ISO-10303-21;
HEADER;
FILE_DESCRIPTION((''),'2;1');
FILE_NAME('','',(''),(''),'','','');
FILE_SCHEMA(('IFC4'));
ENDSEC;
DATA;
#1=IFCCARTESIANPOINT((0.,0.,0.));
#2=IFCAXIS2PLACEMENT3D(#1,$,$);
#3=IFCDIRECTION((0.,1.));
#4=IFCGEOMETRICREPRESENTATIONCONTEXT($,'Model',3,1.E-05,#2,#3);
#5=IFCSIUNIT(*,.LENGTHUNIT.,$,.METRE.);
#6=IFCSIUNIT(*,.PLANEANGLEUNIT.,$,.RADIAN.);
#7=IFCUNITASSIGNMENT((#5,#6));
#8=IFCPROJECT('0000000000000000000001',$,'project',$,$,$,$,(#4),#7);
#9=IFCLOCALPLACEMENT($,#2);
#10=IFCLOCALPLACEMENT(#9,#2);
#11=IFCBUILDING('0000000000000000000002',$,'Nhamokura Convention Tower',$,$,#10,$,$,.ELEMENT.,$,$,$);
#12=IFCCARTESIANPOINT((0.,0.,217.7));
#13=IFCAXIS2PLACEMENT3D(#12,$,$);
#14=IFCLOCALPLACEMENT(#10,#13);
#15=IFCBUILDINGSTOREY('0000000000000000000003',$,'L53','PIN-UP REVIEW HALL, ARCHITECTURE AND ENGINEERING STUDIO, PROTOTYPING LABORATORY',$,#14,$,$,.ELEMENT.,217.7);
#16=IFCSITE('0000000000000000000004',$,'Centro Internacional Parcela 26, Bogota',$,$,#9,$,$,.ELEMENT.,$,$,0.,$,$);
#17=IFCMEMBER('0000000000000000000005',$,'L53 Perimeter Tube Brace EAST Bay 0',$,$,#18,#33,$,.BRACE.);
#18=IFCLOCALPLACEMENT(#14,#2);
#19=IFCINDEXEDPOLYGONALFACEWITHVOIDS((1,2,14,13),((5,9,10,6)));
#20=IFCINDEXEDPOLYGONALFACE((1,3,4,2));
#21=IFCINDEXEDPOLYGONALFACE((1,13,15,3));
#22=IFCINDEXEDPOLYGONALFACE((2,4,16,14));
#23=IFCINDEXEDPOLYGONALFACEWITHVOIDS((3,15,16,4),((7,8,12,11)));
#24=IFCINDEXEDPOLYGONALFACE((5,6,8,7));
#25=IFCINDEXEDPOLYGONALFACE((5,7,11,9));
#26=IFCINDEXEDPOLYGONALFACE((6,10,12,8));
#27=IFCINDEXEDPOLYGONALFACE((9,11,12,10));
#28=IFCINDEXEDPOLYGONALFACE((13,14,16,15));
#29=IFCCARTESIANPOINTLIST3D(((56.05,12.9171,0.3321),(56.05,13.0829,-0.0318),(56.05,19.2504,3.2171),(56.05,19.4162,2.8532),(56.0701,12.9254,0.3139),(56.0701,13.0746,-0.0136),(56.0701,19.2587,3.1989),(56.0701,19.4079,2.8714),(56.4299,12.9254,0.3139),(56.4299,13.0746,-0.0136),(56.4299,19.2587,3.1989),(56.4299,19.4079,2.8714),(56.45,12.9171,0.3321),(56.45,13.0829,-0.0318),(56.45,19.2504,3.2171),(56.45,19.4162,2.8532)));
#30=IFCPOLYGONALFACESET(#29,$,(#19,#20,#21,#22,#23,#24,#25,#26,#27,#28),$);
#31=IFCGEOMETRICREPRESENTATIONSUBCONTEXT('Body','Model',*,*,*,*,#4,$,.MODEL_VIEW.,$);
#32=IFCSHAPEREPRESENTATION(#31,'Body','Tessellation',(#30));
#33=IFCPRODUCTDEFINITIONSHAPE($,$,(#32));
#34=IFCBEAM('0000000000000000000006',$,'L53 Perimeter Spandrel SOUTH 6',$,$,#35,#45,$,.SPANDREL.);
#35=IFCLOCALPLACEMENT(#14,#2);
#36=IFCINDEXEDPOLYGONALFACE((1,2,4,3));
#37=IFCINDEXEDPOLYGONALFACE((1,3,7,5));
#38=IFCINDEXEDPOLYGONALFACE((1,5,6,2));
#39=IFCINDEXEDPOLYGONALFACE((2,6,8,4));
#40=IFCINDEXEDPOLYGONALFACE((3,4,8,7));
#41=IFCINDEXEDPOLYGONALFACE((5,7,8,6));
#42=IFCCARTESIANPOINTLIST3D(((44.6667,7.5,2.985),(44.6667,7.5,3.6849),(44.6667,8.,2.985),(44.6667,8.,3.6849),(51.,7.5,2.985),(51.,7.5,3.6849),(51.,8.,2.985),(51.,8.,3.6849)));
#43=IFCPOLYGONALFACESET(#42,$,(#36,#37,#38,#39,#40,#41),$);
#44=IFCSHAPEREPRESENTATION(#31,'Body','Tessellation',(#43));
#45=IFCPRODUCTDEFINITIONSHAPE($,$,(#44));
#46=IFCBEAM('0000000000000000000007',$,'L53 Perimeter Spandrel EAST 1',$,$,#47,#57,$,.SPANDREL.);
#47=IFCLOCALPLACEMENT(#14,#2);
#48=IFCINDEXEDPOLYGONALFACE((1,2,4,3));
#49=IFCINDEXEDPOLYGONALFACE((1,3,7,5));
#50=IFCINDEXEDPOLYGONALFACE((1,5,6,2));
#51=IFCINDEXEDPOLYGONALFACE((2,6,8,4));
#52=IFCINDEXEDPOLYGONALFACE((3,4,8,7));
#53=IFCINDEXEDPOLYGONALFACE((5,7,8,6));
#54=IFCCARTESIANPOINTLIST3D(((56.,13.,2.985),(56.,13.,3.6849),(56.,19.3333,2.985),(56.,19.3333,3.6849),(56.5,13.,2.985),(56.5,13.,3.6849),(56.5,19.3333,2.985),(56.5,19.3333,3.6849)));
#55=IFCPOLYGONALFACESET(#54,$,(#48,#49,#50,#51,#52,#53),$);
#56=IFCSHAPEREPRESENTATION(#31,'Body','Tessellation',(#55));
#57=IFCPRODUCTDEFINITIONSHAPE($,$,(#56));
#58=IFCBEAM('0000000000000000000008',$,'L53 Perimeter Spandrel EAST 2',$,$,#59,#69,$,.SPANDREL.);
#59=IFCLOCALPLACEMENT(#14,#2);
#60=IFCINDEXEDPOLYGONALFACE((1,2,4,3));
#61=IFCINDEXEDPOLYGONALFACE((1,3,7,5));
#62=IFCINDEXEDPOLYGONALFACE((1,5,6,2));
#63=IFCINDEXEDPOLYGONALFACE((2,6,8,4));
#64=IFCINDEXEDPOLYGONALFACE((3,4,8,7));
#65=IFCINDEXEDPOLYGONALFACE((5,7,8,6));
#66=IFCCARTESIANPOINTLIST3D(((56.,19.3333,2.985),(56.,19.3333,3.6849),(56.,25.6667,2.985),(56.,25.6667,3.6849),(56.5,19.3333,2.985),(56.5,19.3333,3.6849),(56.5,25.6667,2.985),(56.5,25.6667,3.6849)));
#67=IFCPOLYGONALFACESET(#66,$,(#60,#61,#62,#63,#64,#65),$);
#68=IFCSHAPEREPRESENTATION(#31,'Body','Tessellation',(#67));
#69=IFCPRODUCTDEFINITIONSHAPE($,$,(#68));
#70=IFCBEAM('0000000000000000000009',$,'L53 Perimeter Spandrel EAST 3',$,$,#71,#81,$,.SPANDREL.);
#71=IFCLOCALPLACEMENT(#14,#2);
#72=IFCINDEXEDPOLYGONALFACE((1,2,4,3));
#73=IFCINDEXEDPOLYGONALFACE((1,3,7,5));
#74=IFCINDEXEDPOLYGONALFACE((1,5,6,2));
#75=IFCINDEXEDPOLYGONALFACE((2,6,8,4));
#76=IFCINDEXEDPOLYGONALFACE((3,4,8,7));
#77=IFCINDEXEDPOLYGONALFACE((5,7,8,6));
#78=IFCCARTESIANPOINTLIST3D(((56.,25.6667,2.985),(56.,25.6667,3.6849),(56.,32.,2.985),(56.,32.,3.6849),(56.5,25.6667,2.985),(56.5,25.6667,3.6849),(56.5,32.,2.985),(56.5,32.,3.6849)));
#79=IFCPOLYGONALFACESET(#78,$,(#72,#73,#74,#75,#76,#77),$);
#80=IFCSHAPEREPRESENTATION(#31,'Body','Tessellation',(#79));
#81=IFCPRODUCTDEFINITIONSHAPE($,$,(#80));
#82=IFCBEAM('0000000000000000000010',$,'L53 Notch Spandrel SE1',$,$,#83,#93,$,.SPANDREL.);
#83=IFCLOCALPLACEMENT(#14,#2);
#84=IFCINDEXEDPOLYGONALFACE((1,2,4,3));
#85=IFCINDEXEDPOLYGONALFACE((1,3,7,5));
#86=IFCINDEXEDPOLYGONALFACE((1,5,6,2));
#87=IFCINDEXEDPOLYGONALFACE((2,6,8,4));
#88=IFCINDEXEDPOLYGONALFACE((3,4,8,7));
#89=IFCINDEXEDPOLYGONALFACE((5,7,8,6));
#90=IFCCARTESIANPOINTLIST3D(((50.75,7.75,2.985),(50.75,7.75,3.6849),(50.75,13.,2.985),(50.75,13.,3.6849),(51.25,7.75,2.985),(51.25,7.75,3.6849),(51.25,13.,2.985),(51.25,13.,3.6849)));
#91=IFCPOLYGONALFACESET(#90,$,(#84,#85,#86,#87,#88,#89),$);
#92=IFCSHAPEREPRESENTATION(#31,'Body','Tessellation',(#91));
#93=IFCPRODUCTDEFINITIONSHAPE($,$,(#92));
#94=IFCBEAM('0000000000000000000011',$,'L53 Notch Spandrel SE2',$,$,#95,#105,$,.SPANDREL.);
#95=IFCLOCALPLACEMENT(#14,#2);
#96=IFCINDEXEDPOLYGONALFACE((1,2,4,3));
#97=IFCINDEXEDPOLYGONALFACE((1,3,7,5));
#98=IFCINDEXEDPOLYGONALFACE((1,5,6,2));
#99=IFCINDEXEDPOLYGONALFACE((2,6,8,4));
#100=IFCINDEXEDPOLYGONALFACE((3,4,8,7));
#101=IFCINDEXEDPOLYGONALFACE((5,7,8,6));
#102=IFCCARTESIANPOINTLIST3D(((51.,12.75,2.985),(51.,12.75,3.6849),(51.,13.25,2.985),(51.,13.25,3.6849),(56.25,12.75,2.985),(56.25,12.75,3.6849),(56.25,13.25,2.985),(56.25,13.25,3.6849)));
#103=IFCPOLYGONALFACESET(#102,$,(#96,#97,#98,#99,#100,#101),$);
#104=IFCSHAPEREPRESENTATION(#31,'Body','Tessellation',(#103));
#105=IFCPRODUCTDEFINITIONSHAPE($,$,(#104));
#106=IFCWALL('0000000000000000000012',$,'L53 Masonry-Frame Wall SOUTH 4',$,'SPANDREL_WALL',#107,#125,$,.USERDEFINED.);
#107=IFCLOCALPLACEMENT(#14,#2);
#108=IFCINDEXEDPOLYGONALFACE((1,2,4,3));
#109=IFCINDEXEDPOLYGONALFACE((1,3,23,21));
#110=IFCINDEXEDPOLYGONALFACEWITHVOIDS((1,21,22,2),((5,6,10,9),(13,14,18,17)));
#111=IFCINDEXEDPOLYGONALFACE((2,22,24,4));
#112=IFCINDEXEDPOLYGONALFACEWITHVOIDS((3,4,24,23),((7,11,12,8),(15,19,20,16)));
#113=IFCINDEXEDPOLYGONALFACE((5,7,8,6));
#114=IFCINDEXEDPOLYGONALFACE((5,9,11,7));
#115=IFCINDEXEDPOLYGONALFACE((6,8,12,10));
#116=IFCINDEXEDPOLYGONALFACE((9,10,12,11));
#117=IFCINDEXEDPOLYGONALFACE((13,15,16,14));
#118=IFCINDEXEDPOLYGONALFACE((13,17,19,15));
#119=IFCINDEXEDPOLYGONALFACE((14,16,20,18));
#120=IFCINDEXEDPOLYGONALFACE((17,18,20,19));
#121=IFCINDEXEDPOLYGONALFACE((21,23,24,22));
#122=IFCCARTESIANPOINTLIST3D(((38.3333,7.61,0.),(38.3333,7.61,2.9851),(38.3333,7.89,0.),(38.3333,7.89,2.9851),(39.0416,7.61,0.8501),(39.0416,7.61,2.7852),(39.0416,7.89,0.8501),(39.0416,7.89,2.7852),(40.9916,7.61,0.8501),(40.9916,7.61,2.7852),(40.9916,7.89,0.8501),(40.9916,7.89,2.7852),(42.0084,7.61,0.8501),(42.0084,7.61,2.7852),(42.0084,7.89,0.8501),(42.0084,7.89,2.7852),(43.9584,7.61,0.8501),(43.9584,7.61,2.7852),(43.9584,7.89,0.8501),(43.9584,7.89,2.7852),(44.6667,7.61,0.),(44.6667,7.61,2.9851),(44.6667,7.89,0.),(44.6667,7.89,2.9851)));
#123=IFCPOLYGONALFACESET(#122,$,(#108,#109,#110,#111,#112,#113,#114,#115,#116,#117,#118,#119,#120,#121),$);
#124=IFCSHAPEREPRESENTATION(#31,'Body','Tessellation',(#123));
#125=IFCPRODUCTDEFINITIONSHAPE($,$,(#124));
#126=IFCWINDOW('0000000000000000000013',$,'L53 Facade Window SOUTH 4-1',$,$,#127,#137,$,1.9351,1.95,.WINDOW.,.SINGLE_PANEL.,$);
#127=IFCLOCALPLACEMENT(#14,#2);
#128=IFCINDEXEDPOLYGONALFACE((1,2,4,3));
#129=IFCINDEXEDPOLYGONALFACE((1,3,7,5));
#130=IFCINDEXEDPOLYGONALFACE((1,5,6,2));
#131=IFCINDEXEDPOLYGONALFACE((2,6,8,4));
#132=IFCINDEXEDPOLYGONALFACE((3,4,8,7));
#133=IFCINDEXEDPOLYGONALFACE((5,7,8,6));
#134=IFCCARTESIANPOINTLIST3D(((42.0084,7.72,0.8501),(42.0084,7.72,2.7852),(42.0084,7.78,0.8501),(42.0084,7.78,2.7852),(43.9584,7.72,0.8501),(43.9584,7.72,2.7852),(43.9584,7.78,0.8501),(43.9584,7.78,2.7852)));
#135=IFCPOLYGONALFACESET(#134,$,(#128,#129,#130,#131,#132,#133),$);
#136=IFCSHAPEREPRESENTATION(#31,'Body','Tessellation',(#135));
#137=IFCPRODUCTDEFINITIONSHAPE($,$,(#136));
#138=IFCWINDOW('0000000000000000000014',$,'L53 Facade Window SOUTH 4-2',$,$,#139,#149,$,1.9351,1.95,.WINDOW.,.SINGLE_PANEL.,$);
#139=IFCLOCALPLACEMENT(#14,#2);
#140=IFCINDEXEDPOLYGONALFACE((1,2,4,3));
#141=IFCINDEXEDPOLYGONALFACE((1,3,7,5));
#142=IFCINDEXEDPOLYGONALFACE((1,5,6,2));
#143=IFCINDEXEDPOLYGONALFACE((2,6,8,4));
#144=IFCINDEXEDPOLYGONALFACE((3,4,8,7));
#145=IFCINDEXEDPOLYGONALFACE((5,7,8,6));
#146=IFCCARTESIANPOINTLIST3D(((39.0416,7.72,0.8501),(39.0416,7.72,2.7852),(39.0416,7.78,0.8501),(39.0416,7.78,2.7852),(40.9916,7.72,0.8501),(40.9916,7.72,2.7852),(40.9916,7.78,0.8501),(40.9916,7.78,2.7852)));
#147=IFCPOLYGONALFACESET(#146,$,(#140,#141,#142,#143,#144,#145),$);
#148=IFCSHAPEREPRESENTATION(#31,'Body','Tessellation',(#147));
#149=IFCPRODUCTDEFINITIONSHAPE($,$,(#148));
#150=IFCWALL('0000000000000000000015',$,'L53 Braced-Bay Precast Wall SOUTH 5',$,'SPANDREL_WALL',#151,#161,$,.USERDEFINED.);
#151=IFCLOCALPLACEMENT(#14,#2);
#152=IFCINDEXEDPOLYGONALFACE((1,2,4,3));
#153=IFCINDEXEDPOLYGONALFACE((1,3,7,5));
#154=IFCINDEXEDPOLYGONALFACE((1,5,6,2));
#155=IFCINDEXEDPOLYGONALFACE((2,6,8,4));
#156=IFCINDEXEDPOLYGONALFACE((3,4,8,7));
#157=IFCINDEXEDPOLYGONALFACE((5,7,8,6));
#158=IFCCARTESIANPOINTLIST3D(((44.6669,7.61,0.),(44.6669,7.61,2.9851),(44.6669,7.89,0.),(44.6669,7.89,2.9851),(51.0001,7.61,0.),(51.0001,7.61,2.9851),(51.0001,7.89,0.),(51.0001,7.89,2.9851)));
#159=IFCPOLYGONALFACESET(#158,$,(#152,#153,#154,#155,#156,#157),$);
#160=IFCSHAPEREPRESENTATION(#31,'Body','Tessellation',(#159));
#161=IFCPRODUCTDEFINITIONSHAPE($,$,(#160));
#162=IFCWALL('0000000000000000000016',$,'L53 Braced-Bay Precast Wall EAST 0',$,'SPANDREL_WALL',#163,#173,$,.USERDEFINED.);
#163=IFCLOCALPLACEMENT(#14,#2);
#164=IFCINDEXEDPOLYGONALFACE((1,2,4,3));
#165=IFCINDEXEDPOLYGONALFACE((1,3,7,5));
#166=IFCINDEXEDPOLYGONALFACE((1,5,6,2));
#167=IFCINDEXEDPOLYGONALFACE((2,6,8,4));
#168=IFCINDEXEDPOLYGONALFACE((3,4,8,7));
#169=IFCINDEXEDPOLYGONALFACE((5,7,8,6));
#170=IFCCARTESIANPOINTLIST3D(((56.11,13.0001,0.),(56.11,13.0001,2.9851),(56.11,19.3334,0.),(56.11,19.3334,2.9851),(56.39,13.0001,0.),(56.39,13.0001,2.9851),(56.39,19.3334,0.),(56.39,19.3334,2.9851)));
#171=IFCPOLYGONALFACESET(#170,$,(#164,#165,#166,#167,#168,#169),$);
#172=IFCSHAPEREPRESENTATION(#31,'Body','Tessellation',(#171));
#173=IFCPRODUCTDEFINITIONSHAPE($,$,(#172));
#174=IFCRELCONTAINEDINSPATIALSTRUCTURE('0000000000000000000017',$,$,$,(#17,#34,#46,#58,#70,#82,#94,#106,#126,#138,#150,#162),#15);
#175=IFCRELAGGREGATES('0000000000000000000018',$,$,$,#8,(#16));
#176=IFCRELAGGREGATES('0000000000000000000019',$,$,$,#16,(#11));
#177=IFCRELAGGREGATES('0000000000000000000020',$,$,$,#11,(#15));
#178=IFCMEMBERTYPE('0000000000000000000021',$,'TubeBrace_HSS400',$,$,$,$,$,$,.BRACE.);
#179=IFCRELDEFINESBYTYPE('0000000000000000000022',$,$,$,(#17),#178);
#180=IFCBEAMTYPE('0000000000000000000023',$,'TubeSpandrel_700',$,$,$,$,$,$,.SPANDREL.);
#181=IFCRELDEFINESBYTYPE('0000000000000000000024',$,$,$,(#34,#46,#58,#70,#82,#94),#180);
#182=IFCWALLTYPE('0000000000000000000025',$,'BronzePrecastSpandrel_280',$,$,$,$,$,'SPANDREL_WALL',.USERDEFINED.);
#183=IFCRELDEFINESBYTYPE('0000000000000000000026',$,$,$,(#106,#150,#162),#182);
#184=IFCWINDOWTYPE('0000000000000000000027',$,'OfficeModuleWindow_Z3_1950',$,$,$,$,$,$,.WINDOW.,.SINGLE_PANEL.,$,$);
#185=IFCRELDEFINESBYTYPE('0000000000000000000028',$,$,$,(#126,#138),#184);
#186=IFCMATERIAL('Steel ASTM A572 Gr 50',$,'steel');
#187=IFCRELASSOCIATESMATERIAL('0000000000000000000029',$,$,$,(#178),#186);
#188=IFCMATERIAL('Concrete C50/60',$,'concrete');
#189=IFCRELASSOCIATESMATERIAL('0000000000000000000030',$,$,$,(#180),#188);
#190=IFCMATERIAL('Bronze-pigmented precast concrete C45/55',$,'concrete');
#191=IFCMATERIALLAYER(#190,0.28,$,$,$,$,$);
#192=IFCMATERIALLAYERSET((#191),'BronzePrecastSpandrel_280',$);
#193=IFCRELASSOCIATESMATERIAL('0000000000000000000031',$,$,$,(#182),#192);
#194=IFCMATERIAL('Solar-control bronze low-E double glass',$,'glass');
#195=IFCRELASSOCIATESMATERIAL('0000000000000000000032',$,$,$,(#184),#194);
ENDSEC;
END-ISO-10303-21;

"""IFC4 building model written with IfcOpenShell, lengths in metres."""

from ifc_helpers import new_model, si_unit, direction, frame, frame_2d, origin, origin_2d, place, context, subcontext, project, spatial, rectangle, hollow_rectangle, extrude, material, layer, layer_set, material_profile, profile_set, type_object, element, fill, save


model = new_model("IFC4")

# Units and contexts
model_context = context("Model", 3, precision=1e-05, world=origin(), true_north=direction((0.0, 1.0)))
body_context = subcontext(model_context, "Body", "Model", "MODEL_VIEW")
ifc_project = project(units=[si_unit("LENGTHUNIT", "METRE"), si_unit("PLANEANGLEUNIT", "RADIAN")], contexts=[model_context])

# Site, building, storey
site_placement = place(None, origin())
site = spatial("IfcSite", under=ifc_project, at=site_placement, Name="Centro Internacional Parcela 26, Bogota", CompositionType="ELEMENT", RefElevation=0.0)
building_placement = place(site_placement, origin())
building = spatial("IfcBuilding", under=site, at=building_placement, Name="Nhamokura Convention Tower", CompositionType="ELEMENT")
storey_placement = place(building_placement, frame((0.0, 0.0, 217.7)))
storey = spatial("IfcBuildingStorey", under=building, at=storey_placement, Name="L53", Description="PIN-UP REVIEW HALL, ARCHITECTURE AND ENGINEERING STUDIO, PROTOTYPING LABORATORY", CompositionType="ELEMENT", Elevation=217.7)

# Member
ifc_material_1 = material(Name="Steel ASTM A572 Gr 50", Category="steel")
ifc_material_profile_1 = material_profile(ifc_material_1, hollow_rectangle(XDim=0.3999, YDim=0.3999, WallThickness=0.02, at=origin_2d()))
ifc_profile_set_1 = profile_set([ifc_material_profile_1], Name="Steel ASTM A572 Gr 50")
member_type_1 = type_object("IfcMemberType", Name="TubeBrace_HSS400", PredefinedType="BRACE", material=ifc_profile_set_1)
for number, where, z_axis, x_axis, name in (
    (1, (56.25, 13.0, 0.1501), (0.0, 0.910027, 0.414548), (-1.0, 0.0, 0.0), "L53 Perimeter Tube Brace EAST Bay 0"),
):
    element("IfcMember", number, at=place(storey_placement, frame(where, z_axis=z_axis, x_axis=x_axis)), inside=storey, type_object=member_type_1, Name=name, PredefinedType="BRACE", context=body_context, shape_type="SweptSolid", body=[
        extrude(hollow_rectangle(XDim=0.3999, YDim=0.3999, WallThickness=0.02, at=origin_2d()), origin(), (0.0, 0.0, 1.0), 6.9595),
    ])

# Beams
ifc_material_2 = material(Name="Concrete C50/60", Category="concrete")
ifc_material_profile_2 = material_profile(ifc_material_2, rectangle(XDim=0.5, YDim=0.7, at=origin_2d()))
ifc_profile_set_2 = profile_set([ifc_material_profile_2], Name="Concrete C50/60")
beam_type_1 = type_object("IfcBeamType", Name="TubeSpandrel_700", PredefinedType="SPANDREL", material=ifc_profile_set_2)
for number, where, z_axis, x_axis, name in (
    (2, (44.6667, 7.75, 3.335), (1.0, 0.0, 0.0), (0.0, 1.0, 0.0), "L53 Perimeter Spandrel SOUTH 6"),
    (3, (56.25, 13.0, 3.335), (0.0, 1.0, 0.0), (-1.0, 0.0, 0.0), "L53 Perimeter Spandrel EAST 1"),
):
    element("IfcBeam", number, at=place(storey_placement, frame(where, z_axis=z_axis, x_axis=x_axis)), inside=storey, type_object=beam_type_1, Name=name, PredefinedType="SPANDREL", context=body_context, shape_type="SweptSolid", body=[
        extrude(rectangle(XDim=0.5, YDim=0.7, at=origin_2d()), origin(), (0.0, 0.0, 1.0), 6.3333),
    ])
beam_1_placement = place(storey_placement, frame((56.25, 19.3333, 3.335), z_axis=(0.0, 1.0, 0.0), x_axis=(-1.0, 0.0, 0.0)))
element("IfcBeam", 4, at=beam_1_placement, inside=storey, type_object=beam_type_1, Name="L53 Perimeter Spandrel EAST 2", PredefinedType="SPANDREL", context=body_context, shape_type="SweptSolid", body=[
    extrude(rectangle(XDim=0.5, YDim=0.7, at=origin_2d()), origin(), (0.0, 0.0, 1.0), 6.3335),
])
beam_2_placement = place(storey_placement, frame((56.25, 25.6667, 3.335), z_axis=(0.0, 1.0, 0.0), x_axis=(-1.0, 0.0, 0.0)))
element("IfcBeam", 5, at=beam_2_placement, inside=storey, type_object=beam_type_1, Name="L53 Perimeter Spandrel EAST 3", PredefinedType="SPANDREL", context=body_context, shape_type="SweptSolid", body=[
    extrude(rectangle(XDim=0.5, YDim=0.7, at=origin_2d()), origin(), (0.0, 0.0, 1.0), 6.3333),
])
for number, where, z_axis, x_axis, name in (
    (6, (51.0, 7.75, 3.335), (0.0, 1.0, 0.0), (-1.0, 0.0, 0.0), "L53 Notch Spandrel SE1"),
    (7, (51.0, 13.0, 3.335), (1.0, 0.0, 0.0), (0.0, 1.0, 0.0), "L53 Notch Spandrel SE2"),
):
    element("IfcBeam", number, at=place(storey_placement, frame(where, z_axis=z_axis, x_axis=x_axis)), inside=storey, type_object=beam_type_1, Name=name, PredefinedType="SPANDREL", context=body_context, shape_type="SweptSolid", body=[
        extrude(rectangle(XDim=0.5, YDim=0.7, at=origin_2d()), origin(), (0.0, 0.0, 1.0), 5.25),
    ])

# Wall, openings, windows
ifc_material_3 = material(Name="Bronze-pigmented precast concrete C45/55", Category="concrete")
ifc_layer_1 = layer(ifc_material_3, 0.28)
ifc_layer_set_1 = layer_set([ifc_layer_1], Name="BronzePrecastSpandrel_280")
wall_type_1 = type_object("IfcWallType", Name="BronzePrecastSpandrel_280", ElementType="SPANDREL_WALL", PredefinedType="USERDEFINED", material=ifc_layer_set_1)
wall_1_placement = place(storey_placement, frame((44.6667, 7.75, 0.0), z_axis=(0.0, 0.0, 1.0), x_axis=(-1.0, 0.0, 0.0)))
wall_1 = element("IfcWall", 8, at=wall_1_placement, inside=storey, type_object=wall_type_1, Name="L53 Masonry-Frame Wall SOUTH 4", ObjectType="SPANDREL_WALL", PredefinedType="USERDEFINED", context=body_context, shape_type="SweptSolid", body=[
    extrude(rectangle(XDim=6.3335, YDim=0.28, at=frame_2d((3.1667, 0.0))), origin(), (0.0, 0.0, 1.0), 2.9851),
])
opening_1_placement = place(wall_1_placement, frame((0.7083, 0.0, 0.8501)))
opening_1 = element("IfcOpeningElement", 9, at=opening_1_placement, cuts=wall_1, PredefinedType="OPENING", context=body_context, shape_type="SweptSolid", body=[
    extrude(rectangle(XDim=1.95, YDim=1.9351, at=frame_2d((0.9751, 0.9675))), frame((0.0, 0.1499, 0.0), z_axis=(0.0, -1.0, 0.0), x_axis=(1.0, 0.0, 0.0)), (0.0, 0.0, 1.0), 0.3),
])
opening_2_placement = place(wall_1_placement, frame((3.675, 0.0, 0.8501)))
opening_2 = element("IfcOpeningElement", 10, at=opening_2_placement, cuts=wall_1, PredefinedType="OPENING", context=body_context, shape_type="SweptSolid", body=[
    extrude(rectangle(XDim=1.95, YDim=1.9351, at=frame_2d((0.9751, 0.9675))), frame((0.0, 0.1499, 0.0), z_axis=(0.0, -1.0, 0.0), x_axis=(1.0, 0.0, 0.0)), (0.0, 0.0, 1.0), 0.3),
])
ifc_material_4 = material(Name="Solar-control bronze low-E double glass", Category="glass")
window_type = type_object("IfcWindowType", Name="OfficeModuleWindow_Z3_1950", PartitioningType="SINGLE_PANEL", PredefinedType="WINDOW", material=ifc_material_4)
window_1_placement = place(opening_1_placement, origin())
window_1 = element("IfcWindow", 11, at=window_1_placement, inside=storey, type_object=window_type, Name="L53 Facade Window SOUTH 4-1", OverallHeight=1.9351, OverallWidth=1.95, PartitioningType="SINGLE_PANEL", PredefinedType="WINDOW", context=body_context, shape_type="SweptSolid", body=[
    extrude(rectangle(XDim=1.95, YDim=1.9351, at=frame_2d((0.9751, 0.9675))), frame((0.0, 0.03, 0.0), z_axis=(0.0, -1.0, 0.0), x_axis=(1.0, 0.0, 0.0)), (0.0, 0.0, 1.0), 0.0601),
])
fill(opening_1, window_1)
window_2_placement = place(opening_2_placement, origin())
window_2 = element("IfcWindow", 12, at=window_2_placement, inside=storey, type_object=window_type, Name="L53 Facade Window SOUTH 4-2", OverallHeight=1.9351, OverallWidth=1.95, PartitioningType="SINGLE_PANEL", PredefinedType="WINDOW", context=body_context, shape_type="SweptSolid", body=[
    extrude(rectangle(XDim=1.95, YDim=1.9351, at=frame_2d((0.9751, 0.9675))), frame((0.0, 0.03, 0.0), z_axis=(0.0, -1.0, 0.0), x_axis=(1.0, 0.0, 0.0)), (0.0, 0.0, 1.0), 0.0601),
])
fill(opening_2, window_2)

# Walls
for number, where, z_axis, x_axis, name in (
    (13, (51.0, 7.75, 0.0), (0.0, 0.0, 1.0), (-1.0, 0.0, 0.0), "L53 Braced-Bay Precast Wall SOUTH 5"),
    (14, (56.25, 19.3333, 0.0), (0.0, 0.0, 1.0), (0.0, -1.0, 0.0), "L53 Braced-Bay Precast Wall EAST 0"),
):
    element("IfcWall", number, at=place(storey_placement, frame(where, z_axis=z_axis, x_axis=x_axis)), inside=storey, type_object=wall_type_1, Name=name, ObjectType="SPANDREL_WALL", PredefinedType="USERDEFINED", context=body_context, shape_type="SweptSolid", body=[
        extrude(rectangle(XDim=6.3333, YDim=0.28, at=frame_2d((3.1665, 0.0))), origin(), (0.0, 0.0, 1.0), 2.9851),
    ])

save(model, "model.ifc")
